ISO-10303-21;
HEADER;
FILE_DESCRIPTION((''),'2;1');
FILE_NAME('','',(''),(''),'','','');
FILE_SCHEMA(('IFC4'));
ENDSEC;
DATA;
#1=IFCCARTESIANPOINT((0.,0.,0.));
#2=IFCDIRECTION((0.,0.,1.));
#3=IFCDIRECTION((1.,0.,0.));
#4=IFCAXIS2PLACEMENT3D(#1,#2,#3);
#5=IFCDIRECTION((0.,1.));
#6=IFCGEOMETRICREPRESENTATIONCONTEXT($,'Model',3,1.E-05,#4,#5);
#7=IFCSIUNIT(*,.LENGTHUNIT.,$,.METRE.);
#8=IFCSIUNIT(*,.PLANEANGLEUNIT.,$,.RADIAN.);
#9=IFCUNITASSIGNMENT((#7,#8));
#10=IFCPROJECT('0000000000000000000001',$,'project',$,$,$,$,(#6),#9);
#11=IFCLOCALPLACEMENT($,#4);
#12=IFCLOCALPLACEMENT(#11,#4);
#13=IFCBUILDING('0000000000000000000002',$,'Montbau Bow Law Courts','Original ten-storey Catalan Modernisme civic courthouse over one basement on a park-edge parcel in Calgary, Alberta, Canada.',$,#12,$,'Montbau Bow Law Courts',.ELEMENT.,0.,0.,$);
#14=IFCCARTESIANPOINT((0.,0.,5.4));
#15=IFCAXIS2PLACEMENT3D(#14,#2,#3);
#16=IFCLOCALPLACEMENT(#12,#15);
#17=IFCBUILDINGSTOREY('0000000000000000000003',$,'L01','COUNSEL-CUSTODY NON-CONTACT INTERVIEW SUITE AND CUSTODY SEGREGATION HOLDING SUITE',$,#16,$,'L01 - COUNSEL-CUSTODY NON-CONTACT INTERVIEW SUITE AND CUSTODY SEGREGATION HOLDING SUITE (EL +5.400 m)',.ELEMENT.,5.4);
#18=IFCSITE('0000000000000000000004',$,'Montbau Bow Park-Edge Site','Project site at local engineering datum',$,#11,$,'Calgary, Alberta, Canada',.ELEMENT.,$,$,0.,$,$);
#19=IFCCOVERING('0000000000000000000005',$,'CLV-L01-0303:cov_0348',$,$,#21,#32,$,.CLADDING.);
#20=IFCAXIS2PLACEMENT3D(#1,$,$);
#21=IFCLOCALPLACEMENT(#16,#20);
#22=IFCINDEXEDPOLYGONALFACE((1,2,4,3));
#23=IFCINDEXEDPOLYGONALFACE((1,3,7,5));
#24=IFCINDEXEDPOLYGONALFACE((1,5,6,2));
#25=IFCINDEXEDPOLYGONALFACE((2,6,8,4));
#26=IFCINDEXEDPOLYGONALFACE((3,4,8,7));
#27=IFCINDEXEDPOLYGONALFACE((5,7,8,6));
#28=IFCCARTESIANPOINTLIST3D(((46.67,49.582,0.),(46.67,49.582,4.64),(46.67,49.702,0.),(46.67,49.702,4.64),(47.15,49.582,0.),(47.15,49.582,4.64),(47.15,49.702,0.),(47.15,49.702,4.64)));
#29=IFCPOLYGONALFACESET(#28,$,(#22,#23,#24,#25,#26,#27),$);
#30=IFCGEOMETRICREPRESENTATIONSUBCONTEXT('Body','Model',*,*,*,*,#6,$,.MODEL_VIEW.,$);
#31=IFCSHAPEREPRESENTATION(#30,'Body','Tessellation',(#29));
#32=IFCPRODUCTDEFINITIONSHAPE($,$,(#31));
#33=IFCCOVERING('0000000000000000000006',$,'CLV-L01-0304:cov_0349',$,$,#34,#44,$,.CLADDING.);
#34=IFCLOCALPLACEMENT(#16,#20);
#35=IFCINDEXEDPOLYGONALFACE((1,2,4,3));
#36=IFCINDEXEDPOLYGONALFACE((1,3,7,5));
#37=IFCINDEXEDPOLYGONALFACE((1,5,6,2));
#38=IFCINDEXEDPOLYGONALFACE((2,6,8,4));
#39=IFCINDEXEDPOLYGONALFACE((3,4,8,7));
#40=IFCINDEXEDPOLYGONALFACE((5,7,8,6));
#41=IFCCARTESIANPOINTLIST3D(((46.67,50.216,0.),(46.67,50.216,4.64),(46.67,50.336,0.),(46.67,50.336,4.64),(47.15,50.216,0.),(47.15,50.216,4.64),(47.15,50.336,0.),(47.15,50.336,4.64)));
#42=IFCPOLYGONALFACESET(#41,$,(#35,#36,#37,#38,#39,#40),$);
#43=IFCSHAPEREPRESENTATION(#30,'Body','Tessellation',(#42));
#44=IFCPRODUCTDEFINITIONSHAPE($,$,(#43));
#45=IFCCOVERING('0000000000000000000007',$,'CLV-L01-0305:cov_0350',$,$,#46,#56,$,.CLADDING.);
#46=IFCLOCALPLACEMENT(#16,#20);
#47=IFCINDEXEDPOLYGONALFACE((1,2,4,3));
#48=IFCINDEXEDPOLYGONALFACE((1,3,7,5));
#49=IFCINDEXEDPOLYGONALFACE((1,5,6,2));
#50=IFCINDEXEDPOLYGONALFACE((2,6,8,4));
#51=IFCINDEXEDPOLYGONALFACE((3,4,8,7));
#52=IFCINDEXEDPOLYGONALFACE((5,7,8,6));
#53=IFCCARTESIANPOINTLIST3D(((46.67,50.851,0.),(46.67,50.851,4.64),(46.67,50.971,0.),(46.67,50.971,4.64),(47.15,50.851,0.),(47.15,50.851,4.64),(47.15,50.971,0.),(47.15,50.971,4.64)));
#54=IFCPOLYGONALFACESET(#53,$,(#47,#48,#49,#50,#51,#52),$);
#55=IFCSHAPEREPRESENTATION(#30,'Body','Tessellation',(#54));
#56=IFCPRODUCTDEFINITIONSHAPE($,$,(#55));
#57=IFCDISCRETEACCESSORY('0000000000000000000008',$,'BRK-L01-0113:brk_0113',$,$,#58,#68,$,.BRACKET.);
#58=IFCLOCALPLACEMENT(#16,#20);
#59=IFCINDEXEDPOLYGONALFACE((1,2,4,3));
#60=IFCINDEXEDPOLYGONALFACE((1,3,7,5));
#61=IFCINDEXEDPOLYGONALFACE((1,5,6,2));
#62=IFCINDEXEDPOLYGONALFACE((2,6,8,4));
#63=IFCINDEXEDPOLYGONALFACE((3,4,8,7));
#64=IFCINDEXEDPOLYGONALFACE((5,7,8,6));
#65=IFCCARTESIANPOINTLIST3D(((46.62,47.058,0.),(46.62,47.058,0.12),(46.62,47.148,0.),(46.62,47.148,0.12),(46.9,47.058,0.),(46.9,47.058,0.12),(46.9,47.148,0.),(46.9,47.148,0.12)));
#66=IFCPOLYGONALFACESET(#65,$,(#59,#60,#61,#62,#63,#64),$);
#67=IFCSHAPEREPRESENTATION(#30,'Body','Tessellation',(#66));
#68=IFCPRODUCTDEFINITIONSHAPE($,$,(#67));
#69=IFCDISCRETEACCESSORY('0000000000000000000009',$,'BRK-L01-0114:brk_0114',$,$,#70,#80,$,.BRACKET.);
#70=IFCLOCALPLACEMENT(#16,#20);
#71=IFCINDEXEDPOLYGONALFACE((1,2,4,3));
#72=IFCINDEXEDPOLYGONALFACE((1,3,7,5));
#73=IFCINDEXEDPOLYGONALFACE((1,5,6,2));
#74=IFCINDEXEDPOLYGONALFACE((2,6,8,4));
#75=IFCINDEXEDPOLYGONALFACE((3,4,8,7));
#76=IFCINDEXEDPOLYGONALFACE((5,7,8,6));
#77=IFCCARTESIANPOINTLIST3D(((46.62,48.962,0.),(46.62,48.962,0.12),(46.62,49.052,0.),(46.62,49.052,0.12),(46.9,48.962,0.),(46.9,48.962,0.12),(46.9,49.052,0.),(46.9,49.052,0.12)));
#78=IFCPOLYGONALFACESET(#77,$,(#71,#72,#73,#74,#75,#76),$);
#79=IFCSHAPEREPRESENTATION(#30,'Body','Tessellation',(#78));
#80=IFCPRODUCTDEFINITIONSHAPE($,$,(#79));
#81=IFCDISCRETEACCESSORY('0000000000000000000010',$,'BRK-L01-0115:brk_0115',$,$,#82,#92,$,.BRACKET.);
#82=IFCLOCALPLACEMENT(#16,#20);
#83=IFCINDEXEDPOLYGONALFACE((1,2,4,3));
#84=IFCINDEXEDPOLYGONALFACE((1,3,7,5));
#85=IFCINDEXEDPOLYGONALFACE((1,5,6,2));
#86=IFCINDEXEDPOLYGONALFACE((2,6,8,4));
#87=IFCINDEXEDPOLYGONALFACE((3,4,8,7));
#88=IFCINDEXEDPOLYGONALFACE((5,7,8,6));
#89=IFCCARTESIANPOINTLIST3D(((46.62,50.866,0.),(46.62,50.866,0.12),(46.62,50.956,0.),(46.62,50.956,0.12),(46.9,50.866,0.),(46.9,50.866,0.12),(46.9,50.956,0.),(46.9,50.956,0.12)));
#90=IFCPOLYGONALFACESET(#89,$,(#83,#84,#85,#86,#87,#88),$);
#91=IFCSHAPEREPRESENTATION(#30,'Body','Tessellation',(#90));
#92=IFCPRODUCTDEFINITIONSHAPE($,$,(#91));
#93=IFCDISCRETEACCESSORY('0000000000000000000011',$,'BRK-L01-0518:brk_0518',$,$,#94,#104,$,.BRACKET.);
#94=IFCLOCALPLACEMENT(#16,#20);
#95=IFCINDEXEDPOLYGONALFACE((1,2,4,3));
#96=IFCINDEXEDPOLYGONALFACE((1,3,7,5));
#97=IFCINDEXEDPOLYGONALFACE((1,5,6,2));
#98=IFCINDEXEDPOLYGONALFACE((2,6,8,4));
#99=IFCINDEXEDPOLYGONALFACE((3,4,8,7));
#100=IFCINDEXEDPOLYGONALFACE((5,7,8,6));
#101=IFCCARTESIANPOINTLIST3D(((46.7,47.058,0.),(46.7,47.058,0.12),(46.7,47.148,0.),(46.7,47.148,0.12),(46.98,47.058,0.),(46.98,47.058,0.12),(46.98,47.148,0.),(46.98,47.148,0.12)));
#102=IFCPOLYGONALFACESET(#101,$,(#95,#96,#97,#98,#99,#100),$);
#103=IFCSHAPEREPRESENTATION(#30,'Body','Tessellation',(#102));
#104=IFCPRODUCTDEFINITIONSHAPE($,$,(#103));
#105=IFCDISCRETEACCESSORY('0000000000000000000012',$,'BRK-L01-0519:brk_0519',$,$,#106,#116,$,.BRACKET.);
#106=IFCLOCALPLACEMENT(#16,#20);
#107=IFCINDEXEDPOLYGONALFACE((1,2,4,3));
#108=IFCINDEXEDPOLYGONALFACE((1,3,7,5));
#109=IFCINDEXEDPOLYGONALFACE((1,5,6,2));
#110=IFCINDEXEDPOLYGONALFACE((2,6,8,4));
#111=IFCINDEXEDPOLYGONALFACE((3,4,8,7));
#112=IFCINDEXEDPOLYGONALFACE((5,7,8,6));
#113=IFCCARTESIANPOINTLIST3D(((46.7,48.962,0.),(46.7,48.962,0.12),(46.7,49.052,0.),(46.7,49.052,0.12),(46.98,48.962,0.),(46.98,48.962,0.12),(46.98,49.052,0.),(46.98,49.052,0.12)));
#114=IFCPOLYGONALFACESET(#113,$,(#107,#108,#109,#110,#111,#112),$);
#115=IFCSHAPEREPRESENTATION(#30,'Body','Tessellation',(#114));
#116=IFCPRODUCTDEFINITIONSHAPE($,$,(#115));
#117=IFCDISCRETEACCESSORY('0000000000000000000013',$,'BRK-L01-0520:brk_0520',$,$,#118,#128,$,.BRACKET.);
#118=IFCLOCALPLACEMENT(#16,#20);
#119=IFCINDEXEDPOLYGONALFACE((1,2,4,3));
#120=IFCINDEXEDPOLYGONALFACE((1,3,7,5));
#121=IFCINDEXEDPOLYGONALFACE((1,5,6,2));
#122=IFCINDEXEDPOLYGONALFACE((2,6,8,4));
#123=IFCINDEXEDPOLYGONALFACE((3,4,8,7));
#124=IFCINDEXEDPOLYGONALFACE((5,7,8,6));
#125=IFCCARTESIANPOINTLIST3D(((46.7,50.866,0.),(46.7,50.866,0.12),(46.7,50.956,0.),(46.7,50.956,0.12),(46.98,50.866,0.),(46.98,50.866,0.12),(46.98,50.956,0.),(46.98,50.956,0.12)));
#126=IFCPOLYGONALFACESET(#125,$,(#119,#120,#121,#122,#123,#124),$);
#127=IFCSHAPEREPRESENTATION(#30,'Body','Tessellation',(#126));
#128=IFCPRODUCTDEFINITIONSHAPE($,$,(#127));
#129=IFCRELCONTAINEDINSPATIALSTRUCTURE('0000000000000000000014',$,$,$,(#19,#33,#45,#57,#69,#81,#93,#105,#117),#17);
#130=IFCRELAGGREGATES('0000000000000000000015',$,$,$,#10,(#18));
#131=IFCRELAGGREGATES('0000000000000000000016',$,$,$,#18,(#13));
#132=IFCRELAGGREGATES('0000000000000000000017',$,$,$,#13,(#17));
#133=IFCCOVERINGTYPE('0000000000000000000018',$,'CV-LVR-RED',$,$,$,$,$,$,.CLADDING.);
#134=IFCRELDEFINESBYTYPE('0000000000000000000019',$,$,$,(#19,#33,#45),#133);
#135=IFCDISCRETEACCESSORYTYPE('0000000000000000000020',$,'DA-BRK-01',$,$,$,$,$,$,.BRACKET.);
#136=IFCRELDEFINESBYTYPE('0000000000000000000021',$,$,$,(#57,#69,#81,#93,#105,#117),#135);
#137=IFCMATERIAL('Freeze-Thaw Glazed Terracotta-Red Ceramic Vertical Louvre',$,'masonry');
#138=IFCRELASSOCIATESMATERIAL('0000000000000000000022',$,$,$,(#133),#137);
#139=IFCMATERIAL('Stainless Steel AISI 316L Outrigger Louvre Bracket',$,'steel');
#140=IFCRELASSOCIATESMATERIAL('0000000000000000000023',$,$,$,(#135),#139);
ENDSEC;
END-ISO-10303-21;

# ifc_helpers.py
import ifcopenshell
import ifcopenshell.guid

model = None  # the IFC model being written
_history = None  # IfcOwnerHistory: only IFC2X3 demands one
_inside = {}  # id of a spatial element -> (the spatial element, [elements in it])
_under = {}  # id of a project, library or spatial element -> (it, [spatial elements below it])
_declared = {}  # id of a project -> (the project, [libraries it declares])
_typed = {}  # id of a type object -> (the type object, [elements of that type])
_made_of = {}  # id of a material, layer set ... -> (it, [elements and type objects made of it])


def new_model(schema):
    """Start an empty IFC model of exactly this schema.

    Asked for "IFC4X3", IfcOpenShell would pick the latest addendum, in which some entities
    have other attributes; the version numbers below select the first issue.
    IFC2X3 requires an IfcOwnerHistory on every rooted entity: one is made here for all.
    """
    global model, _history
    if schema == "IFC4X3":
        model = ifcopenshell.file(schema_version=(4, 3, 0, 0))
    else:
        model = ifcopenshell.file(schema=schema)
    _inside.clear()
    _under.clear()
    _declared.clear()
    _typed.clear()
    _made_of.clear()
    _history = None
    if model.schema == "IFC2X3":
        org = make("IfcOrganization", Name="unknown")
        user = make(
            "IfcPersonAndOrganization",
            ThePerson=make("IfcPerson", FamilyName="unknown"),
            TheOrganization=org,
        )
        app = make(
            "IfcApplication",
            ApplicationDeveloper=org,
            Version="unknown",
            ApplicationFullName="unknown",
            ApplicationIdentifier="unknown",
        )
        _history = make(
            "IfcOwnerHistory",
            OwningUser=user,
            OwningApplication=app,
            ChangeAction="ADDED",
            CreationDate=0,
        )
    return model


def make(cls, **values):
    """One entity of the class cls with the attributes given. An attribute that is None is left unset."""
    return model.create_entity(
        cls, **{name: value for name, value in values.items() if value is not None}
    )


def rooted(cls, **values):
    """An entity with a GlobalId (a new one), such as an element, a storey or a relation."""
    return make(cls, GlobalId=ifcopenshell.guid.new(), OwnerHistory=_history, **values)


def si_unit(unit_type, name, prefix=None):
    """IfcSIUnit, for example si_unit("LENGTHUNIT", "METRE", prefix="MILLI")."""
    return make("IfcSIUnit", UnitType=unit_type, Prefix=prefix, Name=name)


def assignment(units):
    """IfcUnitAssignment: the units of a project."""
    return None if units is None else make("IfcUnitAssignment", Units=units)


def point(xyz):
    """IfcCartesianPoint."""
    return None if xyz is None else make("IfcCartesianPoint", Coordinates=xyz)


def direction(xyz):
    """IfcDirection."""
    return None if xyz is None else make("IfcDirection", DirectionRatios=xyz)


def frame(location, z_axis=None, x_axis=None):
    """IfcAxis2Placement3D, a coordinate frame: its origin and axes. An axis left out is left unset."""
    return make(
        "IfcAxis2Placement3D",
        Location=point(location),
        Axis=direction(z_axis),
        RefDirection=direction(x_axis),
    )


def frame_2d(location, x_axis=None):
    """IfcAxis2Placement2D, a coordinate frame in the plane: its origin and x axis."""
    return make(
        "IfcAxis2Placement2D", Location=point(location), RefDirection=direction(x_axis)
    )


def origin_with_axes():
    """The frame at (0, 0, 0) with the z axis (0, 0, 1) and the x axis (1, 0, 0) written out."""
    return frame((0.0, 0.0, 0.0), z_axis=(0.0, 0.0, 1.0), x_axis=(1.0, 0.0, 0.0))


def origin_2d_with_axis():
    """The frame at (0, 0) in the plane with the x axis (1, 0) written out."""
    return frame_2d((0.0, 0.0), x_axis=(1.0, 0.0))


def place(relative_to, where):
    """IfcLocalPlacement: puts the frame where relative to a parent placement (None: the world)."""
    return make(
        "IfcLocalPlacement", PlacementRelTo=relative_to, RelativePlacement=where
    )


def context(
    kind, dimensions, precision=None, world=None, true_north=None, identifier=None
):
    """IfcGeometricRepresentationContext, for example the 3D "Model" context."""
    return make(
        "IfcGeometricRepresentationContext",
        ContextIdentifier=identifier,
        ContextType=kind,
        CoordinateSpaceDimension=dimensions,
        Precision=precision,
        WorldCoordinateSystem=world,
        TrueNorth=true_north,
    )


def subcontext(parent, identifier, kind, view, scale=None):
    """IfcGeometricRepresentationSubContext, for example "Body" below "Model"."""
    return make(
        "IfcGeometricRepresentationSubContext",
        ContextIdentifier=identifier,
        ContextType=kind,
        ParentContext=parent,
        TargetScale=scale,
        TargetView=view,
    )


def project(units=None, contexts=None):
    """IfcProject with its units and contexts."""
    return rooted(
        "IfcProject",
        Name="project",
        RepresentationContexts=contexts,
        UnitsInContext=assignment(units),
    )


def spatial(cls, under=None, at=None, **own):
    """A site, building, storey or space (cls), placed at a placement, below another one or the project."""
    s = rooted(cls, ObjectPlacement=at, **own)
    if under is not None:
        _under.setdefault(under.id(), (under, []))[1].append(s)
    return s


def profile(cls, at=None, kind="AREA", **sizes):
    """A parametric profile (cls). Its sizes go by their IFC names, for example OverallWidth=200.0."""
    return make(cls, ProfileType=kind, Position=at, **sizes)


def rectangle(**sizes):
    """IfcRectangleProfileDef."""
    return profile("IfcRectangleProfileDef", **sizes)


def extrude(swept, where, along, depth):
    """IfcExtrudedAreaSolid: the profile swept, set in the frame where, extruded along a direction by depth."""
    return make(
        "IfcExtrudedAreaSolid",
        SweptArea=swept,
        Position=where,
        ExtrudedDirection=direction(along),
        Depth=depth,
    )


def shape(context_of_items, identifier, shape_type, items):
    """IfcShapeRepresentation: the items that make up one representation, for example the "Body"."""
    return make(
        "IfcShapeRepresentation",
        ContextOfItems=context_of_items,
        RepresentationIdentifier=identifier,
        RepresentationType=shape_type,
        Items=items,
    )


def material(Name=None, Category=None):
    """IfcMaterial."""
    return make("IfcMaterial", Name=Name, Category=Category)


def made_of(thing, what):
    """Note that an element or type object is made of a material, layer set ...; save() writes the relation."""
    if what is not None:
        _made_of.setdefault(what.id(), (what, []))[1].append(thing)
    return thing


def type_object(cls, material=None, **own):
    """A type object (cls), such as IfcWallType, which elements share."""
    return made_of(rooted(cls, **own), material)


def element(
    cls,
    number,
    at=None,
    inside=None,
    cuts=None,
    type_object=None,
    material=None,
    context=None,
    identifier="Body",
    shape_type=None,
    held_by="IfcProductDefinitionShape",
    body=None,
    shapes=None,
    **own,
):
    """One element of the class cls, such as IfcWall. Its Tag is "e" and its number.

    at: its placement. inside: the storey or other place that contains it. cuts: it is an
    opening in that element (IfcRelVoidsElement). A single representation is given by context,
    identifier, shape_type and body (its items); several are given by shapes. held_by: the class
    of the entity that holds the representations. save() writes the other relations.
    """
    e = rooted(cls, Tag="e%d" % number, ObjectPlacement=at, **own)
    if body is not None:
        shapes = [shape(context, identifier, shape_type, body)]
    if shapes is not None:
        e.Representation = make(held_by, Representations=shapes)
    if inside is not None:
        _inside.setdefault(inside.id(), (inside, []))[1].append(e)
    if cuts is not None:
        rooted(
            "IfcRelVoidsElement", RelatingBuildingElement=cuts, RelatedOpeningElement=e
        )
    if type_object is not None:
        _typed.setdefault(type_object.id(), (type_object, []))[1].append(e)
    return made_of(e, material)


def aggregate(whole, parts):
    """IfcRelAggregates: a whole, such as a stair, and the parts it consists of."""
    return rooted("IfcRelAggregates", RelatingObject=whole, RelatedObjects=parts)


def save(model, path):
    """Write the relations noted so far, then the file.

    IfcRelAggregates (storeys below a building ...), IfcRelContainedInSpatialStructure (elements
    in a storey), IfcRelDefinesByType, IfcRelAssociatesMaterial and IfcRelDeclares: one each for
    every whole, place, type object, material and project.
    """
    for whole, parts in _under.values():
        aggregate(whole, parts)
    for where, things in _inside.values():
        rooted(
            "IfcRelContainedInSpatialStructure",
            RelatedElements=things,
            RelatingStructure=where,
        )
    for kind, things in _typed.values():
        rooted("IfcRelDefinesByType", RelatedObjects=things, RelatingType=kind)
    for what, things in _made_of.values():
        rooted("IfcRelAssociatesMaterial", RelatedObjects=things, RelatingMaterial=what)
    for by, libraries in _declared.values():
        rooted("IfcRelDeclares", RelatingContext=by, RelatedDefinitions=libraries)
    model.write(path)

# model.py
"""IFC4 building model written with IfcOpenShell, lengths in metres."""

from ifc_helpers import new_model, si_unit, direction, frame, frame_2d, origin_with_axes, origin_2d_with_axis, place, context, subcontext, project, spatial, rectangle, extrude, material, type_object, element, save


model = new_model("IFC4")

# Units and contexts
model_context = context("Model", 3, precision=1e-05, world=origin_with_axes(), true_north=direction((0.0, 1.0)))
body_context = subcontext(model_context, "Body", "Model", "MODEL_VIEW")
ifc_project = project(units=[si_unit("LENGTHUNIT", "METRE"), si_unit("PLANEANGLEUNIT", "RADIAN")], contexts=[model_context])

# Site, building, storey
site_placement = place(None, origin_with_axes())
site = spatial("IfcSite", under=ifc_project, at=site_placement, Name="Montbau Bow Park-Edge Site", Description="Project site at local engineering datum", LongName="Calgary, Alberta, Canada", CompositionType="ELEMENT", RefElevation=0.0)
building_placement = place(site_placement, origin_with_axes())
building = spatial("IfcBuilding", under=site, at=building_placement, Name="Montbau Bow Law Courts", Description="Original ten-storey Catalan Modernisme civic courthouse over one basement on a park-edge parcel in Calgary, Alberta, Canada.", LongName="Montbau Bow Law Courts", CompositionType="ELEMENT", ElevationOfRefHeight=0.0, ElevationOfTerrain=0.0)
storey_placement = place(building_placement, frame((0.0, 0.0, 5.4), z_axis=(0.0, 0.0, 1.0), x_axis=(1.0, 0.0, 0.0)))
storey = spatial("IfcBuildingStorey", under=building, at=storey_placement, Name="L01", Description="COUNSEL-CUSTODY NON-CONTACT INTERVIEW SUITE AND CUSTODY SEGREGATION HOLDING SUITE", LongName="L01 - COUNSEL-CUSTODY NON-CONTACT INTERVIEW SUITE AND CUSTODY SEGREGATION HOLDING SUITE (EL +5.400 m)", CompositionType="ELEMENT", Elevation=5.4)

# Coverings
ifc_material_1 = material(Name="Freeze-Thaw Glazed Terracotta-Red Ceramic Vertical Louvre", Category="masonry")
covering_type_1 = type_object("IfcCoveringType", Name="CV-LVR-RED", PredefinedType="CLADDING", material=ifc_material_1)
for number, where, z_axis, x_axis, name in (
    (1, (46.67, 49.642, 5.4), (0.0, -1.0, 0.0), (1.0, 0.0, 0.0), "CLV-L01-0303:cov_0348"),
    (2, (46.67, 50.276, 5.4), (0.0, -1.0, 0.0), (1.0, 0.0, 0.0), "CLV-L01-0304:cov_0349"),
    (3, (46.67, 50.911, 5.4), (0.0, -1.0, 0.0), (1.0, 0.0, 0.0), "CLV-L01-0305:cov_0350"),
):
    element("IfcCovering", number, at=place(None, frame(where, z_axis=z_axis, x_axis=x_axis)), inside=storey, type_object=covering_type_1, Name=name, PredefinedType="CLADDING", context=body_context, shape_type="SweptSolid", body=[
        extrude(rectangle(XDim=0.48, YDim=4.64, at=frame_2d((0.24, 2.32), x_axis=(1.0, 0.0))), frame((0.0, 0.0, -0.06), z_axis=(0.0, 0.0, 1.0), x_axis=(1.0, 0.0, 0.0)), (0.0, 0.0, 1.0), 0.12),
    ])

# Discrete accessories
ifc_material_2 = material(Name="Stainless Steel AISI 316L Outrigger Louvre Bracket", Category="steel")
discrete_accessory_type = type_object("IfcDiscreteAccessoryType", Name="DA-BRK-01", PredefinedType="BRACKET", material=ifc_material_2)
for number, where, z_axis, x_axis, name in (
    (4, (46.76, 47.103, 5.4), (0.0, 0.0, 1.0), (1.0, 0.0, 0.0), "BRK-L01-0113:brk_0113"),
    (5, (46.76, 49.007, 5.4), (0.0, 0.0, 1.0), (1.0, 0.0, 0.0), "BRK-L01-0114:brk_0114"),
    (6, (46.76, 50.911, 5.4), (0.0, 0.0, 1.0), (1.0, 0.0, 0.0), "BRK-L01-0115:brk_0115"),
    (7, (46.84, 47.103, 5.4), (0.0, 0.0, 1.0), (-1.0, 0.0, 0.0), "BRK-L01-0518:brk_0518"),
    (8, (46.84, 49.007, 5.4), (0.0, 0.0, 1.0), (-1.0, 0.0, 0.0), "BRK-L01-0519:brk_0519"),
    (9, (46.84, 50.911, 5.4), (0.0, 0.0, 1.0), (-1.0, 0.0, 0.0), "BRK-L01-0520:brk_0520"),
):
    element("IfcDiscreteAccessory", number, at=place(None, frame(where, z_axis=z_axis, x_axis=x_axis)), inside=storey, type_object=discrete_accessory_type, Name=name, PredefinedType="BRACKET", context=body_context, shape_type="SweptSolid", body=[
        extrude(rectangle(XDim=0.28, YDim=0.09, at=origin_2d_with_axis()), origin_with_axes(), (0.0, 0.0, 1.0), 0.12),
    ])

save(model, "model.ifc")
